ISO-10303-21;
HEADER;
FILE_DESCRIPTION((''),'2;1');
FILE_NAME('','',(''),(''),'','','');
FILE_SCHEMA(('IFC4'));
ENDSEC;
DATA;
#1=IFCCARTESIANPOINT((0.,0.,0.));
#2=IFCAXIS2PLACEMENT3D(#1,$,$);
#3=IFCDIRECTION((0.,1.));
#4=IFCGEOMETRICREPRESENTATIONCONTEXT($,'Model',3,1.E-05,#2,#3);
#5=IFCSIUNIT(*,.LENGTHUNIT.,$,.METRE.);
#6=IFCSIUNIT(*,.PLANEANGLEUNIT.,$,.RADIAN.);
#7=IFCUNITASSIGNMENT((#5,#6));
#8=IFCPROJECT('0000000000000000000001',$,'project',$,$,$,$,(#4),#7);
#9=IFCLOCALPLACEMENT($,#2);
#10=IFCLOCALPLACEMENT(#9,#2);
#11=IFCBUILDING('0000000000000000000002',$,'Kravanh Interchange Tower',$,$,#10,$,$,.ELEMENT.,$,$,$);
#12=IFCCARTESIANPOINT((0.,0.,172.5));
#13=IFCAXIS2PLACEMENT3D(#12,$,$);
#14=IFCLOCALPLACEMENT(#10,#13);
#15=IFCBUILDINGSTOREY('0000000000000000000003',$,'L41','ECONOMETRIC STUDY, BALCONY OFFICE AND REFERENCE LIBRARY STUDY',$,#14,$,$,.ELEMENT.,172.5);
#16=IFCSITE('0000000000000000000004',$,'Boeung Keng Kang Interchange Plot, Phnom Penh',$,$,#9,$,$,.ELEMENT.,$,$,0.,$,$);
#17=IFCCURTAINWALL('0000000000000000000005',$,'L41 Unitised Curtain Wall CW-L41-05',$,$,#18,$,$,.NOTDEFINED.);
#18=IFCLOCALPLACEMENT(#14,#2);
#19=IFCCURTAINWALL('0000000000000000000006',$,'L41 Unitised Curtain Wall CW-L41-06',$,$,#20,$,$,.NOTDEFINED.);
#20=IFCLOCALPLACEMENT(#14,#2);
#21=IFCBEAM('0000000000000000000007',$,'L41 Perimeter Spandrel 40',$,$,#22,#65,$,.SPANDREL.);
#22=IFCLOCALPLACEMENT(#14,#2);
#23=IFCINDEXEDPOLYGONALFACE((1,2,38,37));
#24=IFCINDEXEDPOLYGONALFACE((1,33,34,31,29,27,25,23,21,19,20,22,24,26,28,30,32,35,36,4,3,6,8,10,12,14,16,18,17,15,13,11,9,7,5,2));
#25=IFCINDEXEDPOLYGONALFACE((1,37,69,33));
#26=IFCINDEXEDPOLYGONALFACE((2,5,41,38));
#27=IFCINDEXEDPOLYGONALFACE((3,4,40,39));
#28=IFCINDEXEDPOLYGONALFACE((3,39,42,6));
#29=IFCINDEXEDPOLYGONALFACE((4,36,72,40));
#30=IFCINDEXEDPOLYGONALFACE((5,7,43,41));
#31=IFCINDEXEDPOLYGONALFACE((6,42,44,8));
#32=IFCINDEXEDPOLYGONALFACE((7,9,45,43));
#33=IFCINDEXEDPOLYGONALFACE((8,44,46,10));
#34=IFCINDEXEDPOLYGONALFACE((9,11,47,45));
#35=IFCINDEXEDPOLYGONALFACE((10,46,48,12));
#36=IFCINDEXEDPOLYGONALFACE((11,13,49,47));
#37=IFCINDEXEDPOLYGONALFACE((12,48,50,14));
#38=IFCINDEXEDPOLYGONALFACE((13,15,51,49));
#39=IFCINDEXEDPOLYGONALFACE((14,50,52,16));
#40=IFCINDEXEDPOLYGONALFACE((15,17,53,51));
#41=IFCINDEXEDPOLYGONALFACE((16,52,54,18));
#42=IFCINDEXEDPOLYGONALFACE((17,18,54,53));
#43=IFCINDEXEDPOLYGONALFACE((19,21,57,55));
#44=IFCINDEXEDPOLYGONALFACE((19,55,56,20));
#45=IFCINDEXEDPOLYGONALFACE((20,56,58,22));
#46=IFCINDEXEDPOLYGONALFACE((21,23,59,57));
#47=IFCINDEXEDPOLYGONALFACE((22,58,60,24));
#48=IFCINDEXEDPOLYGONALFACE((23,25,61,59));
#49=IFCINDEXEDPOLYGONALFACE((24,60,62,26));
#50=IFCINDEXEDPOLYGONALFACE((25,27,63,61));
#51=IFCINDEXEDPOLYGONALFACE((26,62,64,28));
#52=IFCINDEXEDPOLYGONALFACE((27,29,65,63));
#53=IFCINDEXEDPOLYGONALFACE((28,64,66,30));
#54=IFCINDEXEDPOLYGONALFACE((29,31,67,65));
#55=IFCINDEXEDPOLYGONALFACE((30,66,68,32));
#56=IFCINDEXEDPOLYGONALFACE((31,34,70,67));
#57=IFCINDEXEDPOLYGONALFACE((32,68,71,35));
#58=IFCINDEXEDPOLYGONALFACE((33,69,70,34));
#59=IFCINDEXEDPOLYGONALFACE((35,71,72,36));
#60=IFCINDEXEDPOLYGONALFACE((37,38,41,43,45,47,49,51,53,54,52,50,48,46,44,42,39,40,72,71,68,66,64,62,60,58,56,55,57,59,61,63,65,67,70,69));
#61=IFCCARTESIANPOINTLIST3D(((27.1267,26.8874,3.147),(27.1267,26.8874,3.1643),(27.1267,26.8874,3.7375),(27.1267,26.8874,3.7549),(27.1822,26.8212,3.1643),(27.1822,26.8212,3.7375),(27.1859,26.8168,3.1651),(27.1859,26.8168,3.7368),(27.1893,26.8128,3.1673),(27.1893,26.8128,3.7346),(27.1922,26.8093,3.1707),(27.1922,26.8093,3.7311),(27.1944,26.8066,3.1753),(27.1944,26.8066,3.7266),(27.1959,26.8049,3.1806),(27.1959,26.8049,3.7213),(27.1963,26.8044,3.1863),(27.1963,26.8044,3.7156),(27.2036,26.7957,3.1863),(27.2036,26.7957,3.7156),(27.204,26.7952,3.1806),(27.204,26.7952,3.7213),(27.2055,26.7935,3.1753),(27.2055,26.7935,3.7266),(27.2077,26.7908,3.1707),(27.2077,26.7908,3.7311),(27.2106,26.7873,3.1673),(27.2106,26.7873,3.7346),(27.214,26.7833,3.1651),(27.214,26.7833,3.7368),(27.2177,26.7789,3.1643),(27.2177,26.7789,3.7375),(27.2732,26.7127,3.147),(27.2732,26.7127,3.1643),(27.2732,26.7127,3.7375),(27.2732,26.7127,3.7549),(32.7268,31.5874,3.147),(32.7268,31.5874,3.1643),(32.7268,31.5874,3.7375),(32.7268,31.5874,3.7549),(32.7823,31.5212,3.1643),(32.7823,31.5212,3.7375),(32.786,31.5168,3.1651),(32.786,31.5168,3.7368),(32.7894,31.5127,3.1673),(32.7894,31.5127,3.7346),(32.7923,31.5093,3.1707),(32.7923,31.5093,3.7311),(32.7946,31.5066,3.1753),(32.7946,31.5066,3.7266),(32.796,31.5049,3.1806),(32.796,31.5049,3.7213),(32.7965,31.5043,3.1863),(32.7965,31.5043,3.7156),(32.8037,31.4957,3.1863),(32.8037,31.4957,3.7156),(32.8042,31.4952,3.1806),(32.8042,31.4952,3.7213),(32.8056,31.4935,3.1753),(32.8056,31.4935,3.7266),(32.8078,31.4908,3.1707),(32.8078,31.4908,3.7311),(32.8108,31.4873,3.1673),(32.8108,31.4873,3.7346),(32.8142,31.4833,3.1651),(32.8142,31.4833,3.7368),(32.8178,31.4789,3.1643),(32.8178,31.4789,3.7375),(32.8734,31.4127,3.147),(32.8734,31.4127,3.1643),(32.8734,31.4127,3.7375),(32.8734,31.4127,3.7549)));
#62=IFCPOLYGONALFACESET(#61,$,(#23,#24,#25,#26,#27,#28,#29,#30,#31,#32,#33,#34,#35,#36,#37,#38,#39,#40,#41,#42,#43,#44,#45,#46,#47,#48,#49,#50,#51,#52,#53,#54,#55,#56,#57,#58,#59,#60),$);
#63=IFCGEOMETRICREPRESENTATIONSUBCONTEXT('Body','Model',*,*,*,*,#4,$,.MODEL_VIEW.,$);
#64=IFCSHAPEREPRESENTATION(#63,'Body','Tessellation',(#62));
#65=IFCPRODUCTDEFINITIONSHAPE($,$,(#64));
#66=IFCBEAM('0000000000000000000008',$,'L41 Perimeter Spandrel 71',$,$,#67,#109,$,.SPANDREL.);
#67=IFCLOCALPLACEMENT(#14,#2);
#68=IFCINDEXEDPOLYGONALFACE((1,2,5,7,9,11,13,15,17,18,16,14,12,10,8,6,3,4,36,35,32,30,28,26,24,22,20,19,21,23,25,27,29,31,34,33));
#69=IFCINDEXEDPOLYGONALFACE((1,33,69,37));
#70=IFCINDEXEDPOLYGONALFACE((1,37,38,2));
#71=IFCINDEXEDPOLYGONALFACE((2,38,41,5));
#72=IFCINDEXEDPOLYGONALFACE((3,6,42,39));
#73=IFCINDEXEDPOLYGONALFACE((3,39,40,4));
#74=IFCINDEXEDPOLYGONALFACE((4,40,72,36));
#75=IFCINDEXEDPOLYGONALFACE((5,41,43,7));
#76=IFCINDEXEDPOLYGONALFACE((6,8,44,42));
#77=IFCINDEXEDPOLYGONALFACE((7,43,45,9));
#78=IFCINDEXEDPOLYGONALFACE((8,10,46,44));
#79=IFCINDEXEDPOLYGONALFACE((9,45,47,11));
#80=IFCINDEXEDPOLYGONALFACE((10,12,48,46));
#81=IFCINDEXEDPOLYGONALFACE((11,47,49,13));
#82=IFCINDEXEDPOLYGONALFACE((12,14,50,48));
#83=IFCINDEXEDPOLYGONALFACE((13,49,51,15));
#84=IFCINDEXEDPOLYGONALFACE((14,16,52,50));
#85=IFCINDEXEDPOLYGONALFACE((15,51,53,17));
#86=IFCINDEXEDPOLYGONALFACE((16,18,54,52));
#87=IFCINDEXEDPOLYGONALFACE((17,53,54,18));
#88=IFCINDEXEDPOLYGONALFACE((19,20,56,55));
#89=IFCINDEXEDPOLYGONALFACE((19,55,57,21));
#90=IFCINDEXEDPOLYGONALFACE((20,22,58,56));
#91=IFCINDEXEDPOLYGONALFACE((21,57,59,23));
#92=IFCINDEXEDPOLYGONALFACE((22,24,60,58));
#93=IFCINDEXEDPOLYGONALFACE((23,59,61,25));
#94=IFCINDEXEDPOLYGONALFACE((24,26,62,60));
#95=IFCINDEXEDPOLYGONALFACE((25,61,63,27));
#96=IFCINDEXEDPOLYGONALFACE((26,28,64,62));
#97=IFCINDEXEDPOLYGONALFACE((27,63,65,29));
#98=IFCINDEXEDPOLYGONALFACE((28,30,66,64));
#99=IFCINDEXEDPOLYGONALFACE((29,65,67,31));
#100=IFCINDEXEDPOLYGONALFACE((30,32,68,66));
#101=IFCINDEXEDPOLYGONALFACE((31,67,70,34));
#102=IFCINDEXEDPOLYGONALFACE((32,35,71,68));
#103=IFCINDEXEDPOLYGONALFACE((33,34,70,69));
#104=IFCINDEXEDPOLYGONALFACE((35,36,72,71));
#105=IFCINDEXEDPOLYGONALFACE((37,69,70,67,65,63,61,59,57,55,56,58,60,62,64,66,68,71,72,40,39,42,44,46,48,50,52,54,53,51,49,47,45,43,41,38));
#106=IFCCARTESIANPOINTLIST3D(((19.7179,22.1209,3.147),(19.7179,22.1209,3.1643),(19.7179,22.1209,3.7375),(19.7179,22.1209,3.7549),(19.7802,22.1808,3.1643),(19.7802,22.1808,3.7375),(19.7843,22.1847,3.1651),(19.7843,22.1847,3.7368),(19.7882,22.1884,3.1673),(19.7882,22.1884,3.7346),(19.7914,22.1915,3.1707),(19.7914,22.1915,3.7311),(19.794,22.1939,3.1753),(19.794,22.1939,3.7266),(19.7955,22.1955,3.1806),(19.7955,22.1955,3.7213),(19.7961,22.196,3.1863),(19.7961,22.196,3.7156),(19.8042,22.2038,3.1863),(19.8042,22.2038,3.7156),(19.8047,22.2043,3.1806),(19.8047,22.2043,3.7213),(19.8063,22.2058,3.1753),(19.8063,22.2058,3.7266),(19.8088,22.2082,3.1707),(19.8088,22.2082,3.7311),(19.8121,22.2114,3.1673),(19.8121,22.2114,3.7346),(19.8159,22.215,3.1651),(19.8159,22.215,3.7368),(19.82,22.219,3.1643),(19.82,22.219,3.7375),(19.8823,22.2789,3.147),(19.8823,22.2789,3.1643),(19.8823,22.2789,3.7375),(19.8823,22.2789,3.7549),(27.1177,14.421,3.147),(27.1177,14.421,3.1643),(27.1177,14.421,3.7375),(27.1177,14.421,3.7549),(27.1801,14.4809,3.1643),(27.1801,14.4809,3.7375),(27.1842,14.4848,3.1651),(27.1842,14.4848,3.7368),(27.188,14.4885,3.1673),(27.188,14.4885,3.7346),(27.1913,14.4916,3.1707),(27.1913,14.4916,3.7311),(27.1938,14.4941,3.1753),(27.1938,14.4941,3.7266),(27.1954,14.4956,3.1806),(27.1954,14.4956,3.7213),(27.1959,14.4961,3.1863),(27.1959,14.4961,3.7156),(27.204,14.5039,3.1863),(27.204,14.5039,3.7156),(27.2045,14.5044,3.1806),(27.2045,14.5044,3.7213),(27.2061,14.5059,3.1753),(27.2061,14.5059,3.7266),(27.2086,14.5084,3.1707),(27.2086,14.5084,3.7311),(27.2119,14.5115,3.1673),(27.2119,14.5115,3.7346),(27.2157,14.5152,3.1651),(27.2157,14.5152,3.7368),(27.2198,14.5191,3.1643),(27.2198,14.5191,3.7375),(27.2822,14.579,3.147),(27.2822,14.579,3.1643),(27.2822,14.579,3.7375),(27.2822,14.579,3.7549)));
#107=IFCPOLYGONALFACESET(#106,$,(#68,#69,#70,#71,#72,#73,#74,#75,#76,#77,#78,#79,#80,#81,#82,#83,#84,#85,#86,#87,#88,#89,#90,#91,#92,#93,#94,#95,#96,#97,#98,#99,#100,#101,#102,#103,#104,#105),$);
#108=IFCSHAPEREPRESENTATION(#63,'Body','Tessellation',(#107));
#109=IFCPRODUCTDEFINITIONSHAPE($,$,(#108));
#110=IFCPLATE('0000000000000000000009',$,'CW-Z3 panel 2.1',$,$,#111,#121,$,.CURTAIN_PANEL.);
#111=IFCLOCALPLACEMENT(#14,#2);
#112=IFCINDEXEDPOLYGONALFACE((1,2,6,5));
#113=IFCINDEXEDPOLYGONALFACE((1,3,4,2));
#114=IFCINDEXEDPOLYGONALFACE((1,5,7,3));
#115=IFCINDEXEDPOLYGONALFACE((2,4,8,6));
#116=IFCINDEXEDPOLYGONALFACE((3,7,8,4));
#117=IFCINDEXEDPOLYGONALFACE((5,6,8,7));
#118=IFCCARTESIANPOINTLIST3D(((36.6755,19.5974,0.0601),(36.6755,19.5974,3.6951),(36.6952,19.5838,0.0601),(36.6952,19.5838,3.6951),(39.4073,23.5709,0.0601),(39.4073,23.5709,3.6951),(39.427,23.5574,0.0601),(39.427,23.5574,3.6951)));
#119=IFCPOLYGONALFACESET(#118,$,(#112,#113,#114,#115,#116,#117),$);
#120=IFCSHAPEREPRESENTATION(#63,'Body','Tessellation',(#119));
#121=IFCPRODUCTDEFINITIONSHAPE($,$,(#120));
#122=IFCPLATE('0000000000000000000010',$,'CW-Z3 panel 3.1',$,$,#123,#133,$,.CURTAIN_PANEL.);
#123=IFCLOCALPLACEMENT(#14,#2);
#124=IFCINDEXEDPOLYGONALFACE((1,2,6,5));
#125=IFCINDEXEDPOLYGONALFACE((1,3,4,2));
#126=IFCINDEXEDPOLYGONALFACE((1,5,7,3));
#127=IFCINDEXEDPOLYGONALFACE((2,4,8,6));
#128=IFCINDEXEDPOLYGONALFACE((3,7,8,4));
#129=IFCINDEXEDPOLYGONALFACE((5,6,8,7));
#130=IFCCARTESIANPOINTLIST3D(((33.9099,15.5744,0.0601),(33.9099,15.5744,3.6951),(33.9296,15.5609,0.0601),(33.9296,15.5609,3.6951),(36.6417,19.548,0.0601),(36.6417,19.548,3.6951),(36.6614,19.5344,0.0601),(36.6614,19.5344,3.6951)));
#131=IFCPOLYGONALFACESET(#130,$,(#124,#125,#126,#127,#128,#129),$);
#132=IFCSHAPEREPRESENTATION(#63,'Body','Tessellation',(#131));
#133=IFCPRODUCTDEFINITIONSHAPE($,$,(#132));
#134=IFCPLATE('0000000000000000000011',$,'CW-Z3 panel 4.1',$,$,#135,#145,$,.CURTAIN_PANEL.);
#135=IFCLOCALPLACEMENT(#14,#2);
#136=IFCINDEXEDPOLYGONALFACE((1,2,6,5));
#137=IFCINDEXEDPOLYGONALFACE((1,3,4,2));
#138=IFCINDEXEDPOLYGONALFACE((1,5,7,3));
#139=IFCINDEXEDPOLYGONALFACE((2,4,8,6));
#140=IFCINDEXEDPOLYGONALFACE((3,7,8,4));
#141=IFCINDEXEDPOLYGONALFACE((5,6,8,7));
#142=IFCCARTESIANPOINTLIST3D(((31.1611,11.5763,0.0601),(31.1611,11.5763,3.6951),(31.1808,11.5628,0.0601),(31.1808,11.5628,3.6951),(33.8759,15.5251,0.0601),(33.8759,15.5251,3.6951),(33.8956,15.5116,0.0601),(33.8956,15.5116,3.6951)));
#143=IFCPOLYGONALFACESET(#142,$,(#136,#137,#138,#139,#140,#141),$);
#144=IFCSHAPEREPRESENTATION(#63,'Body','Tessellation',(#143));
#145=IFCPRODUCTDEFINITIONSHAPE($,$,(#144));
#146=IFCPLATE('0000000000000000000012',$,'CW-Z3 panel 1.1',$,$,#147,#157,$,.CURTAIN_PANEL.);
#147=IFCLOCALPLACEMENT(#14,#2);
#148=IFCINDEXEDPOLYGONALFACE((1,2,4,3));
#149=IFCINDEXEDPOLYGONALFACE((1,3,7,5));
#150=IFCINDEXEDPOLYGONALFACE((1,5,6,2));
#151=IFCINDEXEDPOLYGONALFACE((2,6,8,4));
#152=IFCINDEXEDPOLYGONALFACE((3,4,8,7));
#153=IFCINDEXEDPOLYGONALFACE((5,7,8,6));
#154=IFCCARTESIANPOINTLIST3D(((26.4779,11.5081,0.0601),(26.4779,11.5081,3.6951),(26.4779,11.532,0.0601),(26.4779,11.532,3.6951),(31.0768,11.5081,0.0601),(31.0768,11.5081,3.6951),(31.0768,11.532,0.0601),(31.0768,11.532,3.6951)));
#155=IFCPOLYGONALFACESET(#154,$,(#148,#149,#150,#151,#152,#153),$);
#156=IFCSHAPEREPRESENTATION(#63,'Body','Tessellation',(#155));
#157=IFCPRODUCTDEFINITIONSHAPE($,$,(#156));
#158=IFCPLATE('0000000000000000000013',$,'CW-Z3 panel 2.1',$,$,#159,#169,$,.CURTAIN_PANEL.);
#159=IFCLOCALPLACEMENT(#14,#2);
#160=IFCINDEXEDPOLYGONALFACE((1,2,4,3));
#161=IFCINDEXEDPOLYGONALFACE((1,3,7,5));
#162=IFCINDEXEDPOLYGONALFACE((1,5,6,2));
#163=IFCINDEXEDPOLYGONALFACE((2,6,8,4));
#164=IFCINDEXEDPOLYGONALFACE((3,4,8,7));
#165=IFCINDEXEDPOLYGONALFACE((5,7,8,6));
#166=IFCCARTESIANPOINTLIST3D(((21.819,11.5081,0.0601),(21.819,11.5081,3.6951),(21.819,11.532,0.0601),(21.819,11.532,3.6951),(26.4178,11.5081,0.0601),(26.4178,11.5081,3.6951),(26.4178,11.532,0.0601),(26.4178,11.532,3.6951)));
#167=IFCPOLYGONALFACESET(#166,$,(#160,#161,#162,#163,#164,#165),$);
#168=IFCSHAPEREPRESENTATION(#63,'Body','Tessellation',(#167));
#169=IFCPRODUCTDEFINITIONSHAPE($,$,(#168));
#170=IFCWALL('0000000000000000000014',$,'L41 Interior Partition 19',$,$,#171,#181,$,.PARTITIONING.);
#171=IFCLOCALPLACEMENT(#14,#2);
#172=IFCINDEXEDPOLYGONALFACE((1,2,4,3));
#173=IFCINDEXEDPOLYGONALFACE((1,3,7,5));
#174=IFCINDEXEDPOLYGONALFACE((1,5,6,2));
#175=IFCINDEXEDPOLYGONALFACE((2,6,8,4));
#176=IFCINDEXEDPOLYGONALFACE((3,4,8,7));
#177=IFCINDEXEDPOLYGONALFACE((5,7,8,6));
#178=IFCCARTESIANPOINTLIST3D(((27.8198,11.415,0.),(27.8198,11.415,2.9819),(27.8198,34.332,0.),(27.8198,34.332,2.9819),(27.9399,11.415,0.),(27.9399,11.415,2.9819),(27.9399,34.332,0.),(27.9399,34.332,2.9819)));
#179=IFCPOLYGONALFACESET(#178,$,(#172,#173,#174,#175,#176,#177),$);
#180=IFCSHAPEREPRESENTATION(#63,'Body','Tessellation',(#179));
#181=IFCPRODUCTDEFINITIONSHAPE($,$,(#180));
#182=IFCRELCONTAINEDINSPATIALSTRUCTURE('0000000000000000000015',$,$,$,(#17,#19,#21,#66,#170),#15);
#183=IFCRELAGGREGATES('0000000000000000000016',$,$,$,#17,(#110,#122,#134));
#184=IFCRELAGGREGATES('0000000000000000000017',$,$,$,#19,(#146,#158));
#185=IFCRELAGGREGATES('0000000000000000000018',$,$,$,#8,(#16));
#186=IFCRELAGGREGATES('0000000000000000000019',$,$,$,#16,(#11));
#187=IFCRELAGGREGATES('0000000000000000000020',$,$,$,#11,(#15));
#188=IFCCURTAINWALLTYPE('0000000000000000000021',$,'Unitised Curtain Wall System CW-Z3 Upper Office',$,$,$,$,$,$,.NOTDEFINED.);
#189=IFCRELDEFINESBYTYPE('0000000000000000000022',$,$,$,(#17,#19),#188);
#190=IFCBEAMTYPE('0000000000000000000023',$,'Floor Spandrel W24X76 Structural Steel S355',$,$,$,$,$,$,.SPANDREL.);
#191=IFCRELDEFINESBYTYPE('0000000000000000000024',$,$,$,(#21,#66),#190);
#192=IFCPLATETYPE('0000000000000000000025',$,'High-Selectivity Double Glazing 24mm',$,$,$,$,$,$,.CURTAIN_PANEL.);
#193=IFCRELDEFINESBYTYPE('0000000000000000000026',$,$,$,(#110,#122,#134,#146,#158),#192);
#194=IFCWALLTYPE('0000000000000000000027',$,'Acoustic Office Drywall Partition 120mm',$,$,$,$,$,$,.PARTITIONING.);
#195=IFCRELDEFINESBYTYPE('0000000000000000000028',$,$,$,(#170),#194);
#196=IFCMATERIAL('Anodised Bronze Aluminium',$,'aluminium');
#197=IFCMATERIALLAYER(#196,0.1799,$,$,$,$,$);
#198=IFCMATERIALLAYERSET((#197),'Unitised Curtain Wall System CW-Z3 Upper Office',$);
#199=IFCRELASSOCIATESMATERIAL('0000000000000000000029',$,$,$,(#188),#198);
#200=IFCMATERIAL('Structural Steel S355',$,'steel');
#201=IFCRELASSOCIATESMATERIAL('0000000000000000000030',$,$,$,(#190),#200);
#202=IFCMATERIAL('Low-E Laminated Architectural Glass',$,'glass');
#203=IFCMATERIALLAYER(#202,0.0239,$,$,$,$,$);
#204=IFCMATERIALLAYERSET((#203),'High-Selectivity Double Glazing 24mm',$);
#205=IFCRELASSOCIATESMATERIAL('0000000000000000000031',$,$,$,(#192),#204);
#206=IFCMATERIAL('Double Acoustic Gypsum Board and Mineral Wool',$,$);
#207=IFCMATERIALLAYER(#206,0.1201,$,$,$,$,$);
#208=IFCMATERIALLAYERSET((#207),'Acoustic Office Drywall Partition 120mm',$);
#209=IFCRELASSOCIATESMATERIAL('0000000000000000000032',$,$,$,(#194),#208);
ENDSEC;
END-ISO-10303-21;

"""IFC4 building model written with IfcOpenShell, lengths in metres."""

from ifc_helpers import new_model, si_unit, direction, frame, frame_2d, origin, origin_2d, place, context, subcontext, project, spatial, rectangle, i_section, extrude, material, layer, layer_set, material_profile, profile_set, type_object, element, aggregate, save


model = new_model("IFC4")

# Units and contexts
model_context = context("Model", 3, precision=1e-05, world=origin(), true_north=direction((0.0, 1.0)))
body_context = subcontext(model_context, "Body", "Model", "MODEL_VIEW")
ifc_project = project(units=[si_unit("LENGTHUNIT", "METRE"), si_unit("PLANEANGLEUNIT", "RADIAN")], contexts=[model_context])

# Site, building, storey
site_placement = place(None, origin())
site = spatial("IfcSite", under=ifc_project, at=site_placement, Name="Boeung Keng Kang Interchange Plot, Phnom Penh", CompositionType="ELEMENT", RefElevation=0.0)
building_placement = place(site_placement, origin())
building = spatial("IfcBuilding", under=site, at=building_placement, Name="Kravanh Interchange Tower", CompositionType="ELEMENT")
storey_placement = place(building_placement, frame((0.0, 0.0, 172.5)))
storey = spatial("IfcBuildingStorey", under=building, at=storey_placement, Name="L41", Description="ECONOMETRIC STUDY, BALCONY OFFICE AND REFERENCE LIBRARY STUDY", CompositionType="ELEMENT", Elevation=172.5)

# Curtain walls
ifc_material_1 = material(Name="Anodised Bronze Aluminium", Category="aluminium")
ifc_layer_1 = layer(ifc_material_1, 0.1799)
ifc_layer_set_1 = layer_set([ifc_layer_1], Name="Unitised Curtain Wall System CW-Z3 Upper Office")
curtain_wall_type = type_object("IfcCurtainWallType", Name="Unitised Curtain Wall System CW-Z3 Upper Office", PredefinedType="NOTDEFINED", material=ifc_layer_set_1)
curtain_wall_1_placement = place(storey_placement, origin())
curtain_wall_1 = element("IfcCurtainWall", 1, at=curtain_wall_1_placement, inside=storey, type_object=curtain_wall_type, Name="L41 Unitised Curtain Wall CW-L41-05", PredefinedType="NOTDEFINED")
curtain_wall_2_placement = place(storey_placement, origin())
curtain_wall_2 = element("IfcCurtainWall", 2, at=curtain_wall_2_placement, inside=storey, type_object=curtain_wall_type, Name="L41 Unitised Curtain Wall CW-L41-06", PredefinedType="NOTDEFINED")

# Beams
ifc_material_2 = material(Name="Structural Steel S355", Category="steel")
ifc_material_profile_1 = material_profile(ifc_material_2, i_section(OverallWidth=0.228, OverallDepth=0.6079, WebThickness=0.0112, FlangeThickness=0.0173, FilletRadius=0.022, at=origin_2d()), Name="W24X76")
ifc_profile_set_1 = profile_set([ifc_material_profile_1], Name="Structural Steel S355")
beam_type_1 = type_object("IfcBeamType", Name="Floor Spandrel W24X76 Structural Steel S355", PredefinedType="SPANDREL", material=ifc_profile_set_1)
beam_1_placement = place(storey_placement, frame((27.2, 26.8, 3.4509), z_axis=(0.765983, 0.642861, 0.0), x_axis=(-0.642861, 0.765983, 0.0)))
element("IfcBeam", 3, at=beam_1_placement, inside=storey, type_object=beam_type_1, Name="L41 Perimeter Spandrel 40", PredefinedType="SPANDREL", context=body_context, shape_type="SweptSolid", body=[
    extrude(i_section(OverallWidth=0.228, OverallDepth=0.6079, WebThickness=0.0112, FlangeThickness=0.0173, FilletRadius=0.022, at=origin_2d()), origin(), (0.0, 0.0, 1.0), 7.311),
])
beam_2_placement = place(storey_placement, frame((27.2, 14.5, 3.4509), z_axis=(-0.692919, 0.721015, 0.0), x_axis=(-0.721015, -0.692919, 0.0)))
element("IfcBeam", 4, at=beam_2_placement, inside=storey, type_object=beam_type_1, Name="L41 Perimeter Spandrel 71", PredefinedType="SPANDREL", context=body_context, shape_type="SweptSolid", body=[
    extrude(i_section(OverallWidth=0.228, OverallDepth=0.6079, WebThickness=0.0112, FlangeThickness=0.0173, FilletRadius=0.022, at=origin_2d()), origin(), (0.0, 0.0, 1.0), 10.6792),
])

# Plates
ifc_material_3 = material(Name="Low-E Laminated Architectural Glass", Category="glass")
ifc_layer_2 = layer(ifc_material_3, 0.0239)
ifc_layer_set_2 = layer_set([ifc_layer_2], Name="High-Selectivity Double Glazing 24mm")
plate_type = type_object("IfcPlateType", Name="High-Selectivity Double Glazing 24mm", PredefinedType="CURTAIN_PANEL", material=ifc_layer_set_2)
plate_1_placement = place(storey_placement, frame((38.0513, 21.5774, 0.0601), z_axis=(0.0, 0.0, 1.0), x_axis=(-0.566528, -0.824042, 0.0)))
plate_1 = element("IfcPlate", 5, at=plate_1_placement, type_object=plate_type, Name="CW-Z3 panel 2.1", PredefinedType="CURTAIN_PANEL", context=body_context, shape_type="SweptSolid", body=[
    extrude(rectangle(XDim=4.822, YDim=0.0239, at=origin_2d()), origin(), (0.0, 0.0, 1.0), 3.635),
])
plate_2_placement = place(storey_placement, frame((35.2856, 17.5544, 0.0601), z_axis=(0.0, 0.0, 1.0), x_axis=(-0.566528, -0.824042, 0.0)))
plate_2 = element("IfcPlate", 6, at=plate_2_placement, type_object=plate_type, Name="CW-Z3 panel 3.1", PredefinedType="CURTAIN_PANEL", context=body_context, shape_type="SweptSolid", body=[
    extrude(rectangle(XDim=4.822, YDim=0.0239, at=origin_2d()), origin(), (0.0, 0.0, 1.0), 3.635),
])
plate_3_placement = place(storey_placement, frame((32.5283, 13.5439, 0.0601), z_axis=(0.0, 0.0, 1.0), x_axis=(-0.566528, -0.824042, 0.0)))
plate_3 = element("IfcPlate", 7, at=plate_3_placement, type_object=plate_type, Name="CW-Z3 panel 4.1", PredefinedType="CURTAIN_PANEL", context=body_context, shape_type="SweptSolid", body=[
    extrude(rectangle(XDim=4.792, YDim=0.0239, at=origin_2d()), origin(), (0.0, 0.0, 1.0), 3.635),
])
aggregate(curtain_wall_1, [plate_1, plate_2, plate_3])
plate_4_placement = place(storey_placement, frame((28.7773, 11.52, 0.0601), z_axis=(0.0, 0.0, 1.0), x_axis=(-1.0, 0.0, 0.0)))
plate_4 = element("IfcPlate", 8, at=plate_4_placement, type_object=plate_type, Name="CW-Z3 panel 1.1", PredefinedType="CURTAIN_PANEL", context=body_context, shape_type="SweptSolid", body=[
    extrude(rectangle(XDim=4.5989, YDim=0.0239, at=origin_2d()), origin(), (0.0, 0.0, 1.0), 3.635),
])
plate_5_placement = place(storey_placement, frame((24.1184, 11.52, 0.0601), z_axis=(0.0, 0.0, 1.0), x_axis=(-1.0, 0.0, 0.0)))
plate_5 = element("IfcPlate", 9, at=plate_5_placement, type_object=plate_type, Name="CW-Z3 panel 2.1", PredefinedType="CURTAIN_PANEL", context=body_context, shape_type="SweptSolid", body=[
    extrude(rectangle(XDim=4.5989, YDim=0.0239, at=origin_2d()), origin(), (0.0, 0.0, 1.0), 3.635),
])
aggregate(curtain_wall_2, [plate_4, plate_5])

# Wall
ifc_material_4 = material(Name="Double Acoustic Gypsum Board and Mineral Wool")
ifc_layer_3 = layer(ifc_material_4, 0.1201)
ifc_layer_set_3 = layer_set([ifc_layer_3], Name="Acoustic Office Drywall Partition 120mm")
wall_type = type_object("IfcWallType", Name="Acoustic Office Drywall Partition 120mm", PredefinedType="PARTITIONING", material=ifc_layer_set_3)
wall_placement = place(storey_placement, frame((27.8799, 11.415, 0.0), z_axis=(0.0, 0.0, 1.0), x_axis=(0.0, 1.0, 0.0)))
element("IfcWall", 10, at=wall_placement, inside=storey, type_object=wall_type, Name="L41 Interior Partition 19", PredefinedType="PARTITIONING", context=body_context, shape_type="SweptSolid", body=[
    extrude(rectangle(XDim=22.917, YDim=0.1201, at=frame_2d((11.4585, 0.0))), origin(), (0.0, 0.0, 1.0), 2.9819),
])

save(model, "model.ifc")
